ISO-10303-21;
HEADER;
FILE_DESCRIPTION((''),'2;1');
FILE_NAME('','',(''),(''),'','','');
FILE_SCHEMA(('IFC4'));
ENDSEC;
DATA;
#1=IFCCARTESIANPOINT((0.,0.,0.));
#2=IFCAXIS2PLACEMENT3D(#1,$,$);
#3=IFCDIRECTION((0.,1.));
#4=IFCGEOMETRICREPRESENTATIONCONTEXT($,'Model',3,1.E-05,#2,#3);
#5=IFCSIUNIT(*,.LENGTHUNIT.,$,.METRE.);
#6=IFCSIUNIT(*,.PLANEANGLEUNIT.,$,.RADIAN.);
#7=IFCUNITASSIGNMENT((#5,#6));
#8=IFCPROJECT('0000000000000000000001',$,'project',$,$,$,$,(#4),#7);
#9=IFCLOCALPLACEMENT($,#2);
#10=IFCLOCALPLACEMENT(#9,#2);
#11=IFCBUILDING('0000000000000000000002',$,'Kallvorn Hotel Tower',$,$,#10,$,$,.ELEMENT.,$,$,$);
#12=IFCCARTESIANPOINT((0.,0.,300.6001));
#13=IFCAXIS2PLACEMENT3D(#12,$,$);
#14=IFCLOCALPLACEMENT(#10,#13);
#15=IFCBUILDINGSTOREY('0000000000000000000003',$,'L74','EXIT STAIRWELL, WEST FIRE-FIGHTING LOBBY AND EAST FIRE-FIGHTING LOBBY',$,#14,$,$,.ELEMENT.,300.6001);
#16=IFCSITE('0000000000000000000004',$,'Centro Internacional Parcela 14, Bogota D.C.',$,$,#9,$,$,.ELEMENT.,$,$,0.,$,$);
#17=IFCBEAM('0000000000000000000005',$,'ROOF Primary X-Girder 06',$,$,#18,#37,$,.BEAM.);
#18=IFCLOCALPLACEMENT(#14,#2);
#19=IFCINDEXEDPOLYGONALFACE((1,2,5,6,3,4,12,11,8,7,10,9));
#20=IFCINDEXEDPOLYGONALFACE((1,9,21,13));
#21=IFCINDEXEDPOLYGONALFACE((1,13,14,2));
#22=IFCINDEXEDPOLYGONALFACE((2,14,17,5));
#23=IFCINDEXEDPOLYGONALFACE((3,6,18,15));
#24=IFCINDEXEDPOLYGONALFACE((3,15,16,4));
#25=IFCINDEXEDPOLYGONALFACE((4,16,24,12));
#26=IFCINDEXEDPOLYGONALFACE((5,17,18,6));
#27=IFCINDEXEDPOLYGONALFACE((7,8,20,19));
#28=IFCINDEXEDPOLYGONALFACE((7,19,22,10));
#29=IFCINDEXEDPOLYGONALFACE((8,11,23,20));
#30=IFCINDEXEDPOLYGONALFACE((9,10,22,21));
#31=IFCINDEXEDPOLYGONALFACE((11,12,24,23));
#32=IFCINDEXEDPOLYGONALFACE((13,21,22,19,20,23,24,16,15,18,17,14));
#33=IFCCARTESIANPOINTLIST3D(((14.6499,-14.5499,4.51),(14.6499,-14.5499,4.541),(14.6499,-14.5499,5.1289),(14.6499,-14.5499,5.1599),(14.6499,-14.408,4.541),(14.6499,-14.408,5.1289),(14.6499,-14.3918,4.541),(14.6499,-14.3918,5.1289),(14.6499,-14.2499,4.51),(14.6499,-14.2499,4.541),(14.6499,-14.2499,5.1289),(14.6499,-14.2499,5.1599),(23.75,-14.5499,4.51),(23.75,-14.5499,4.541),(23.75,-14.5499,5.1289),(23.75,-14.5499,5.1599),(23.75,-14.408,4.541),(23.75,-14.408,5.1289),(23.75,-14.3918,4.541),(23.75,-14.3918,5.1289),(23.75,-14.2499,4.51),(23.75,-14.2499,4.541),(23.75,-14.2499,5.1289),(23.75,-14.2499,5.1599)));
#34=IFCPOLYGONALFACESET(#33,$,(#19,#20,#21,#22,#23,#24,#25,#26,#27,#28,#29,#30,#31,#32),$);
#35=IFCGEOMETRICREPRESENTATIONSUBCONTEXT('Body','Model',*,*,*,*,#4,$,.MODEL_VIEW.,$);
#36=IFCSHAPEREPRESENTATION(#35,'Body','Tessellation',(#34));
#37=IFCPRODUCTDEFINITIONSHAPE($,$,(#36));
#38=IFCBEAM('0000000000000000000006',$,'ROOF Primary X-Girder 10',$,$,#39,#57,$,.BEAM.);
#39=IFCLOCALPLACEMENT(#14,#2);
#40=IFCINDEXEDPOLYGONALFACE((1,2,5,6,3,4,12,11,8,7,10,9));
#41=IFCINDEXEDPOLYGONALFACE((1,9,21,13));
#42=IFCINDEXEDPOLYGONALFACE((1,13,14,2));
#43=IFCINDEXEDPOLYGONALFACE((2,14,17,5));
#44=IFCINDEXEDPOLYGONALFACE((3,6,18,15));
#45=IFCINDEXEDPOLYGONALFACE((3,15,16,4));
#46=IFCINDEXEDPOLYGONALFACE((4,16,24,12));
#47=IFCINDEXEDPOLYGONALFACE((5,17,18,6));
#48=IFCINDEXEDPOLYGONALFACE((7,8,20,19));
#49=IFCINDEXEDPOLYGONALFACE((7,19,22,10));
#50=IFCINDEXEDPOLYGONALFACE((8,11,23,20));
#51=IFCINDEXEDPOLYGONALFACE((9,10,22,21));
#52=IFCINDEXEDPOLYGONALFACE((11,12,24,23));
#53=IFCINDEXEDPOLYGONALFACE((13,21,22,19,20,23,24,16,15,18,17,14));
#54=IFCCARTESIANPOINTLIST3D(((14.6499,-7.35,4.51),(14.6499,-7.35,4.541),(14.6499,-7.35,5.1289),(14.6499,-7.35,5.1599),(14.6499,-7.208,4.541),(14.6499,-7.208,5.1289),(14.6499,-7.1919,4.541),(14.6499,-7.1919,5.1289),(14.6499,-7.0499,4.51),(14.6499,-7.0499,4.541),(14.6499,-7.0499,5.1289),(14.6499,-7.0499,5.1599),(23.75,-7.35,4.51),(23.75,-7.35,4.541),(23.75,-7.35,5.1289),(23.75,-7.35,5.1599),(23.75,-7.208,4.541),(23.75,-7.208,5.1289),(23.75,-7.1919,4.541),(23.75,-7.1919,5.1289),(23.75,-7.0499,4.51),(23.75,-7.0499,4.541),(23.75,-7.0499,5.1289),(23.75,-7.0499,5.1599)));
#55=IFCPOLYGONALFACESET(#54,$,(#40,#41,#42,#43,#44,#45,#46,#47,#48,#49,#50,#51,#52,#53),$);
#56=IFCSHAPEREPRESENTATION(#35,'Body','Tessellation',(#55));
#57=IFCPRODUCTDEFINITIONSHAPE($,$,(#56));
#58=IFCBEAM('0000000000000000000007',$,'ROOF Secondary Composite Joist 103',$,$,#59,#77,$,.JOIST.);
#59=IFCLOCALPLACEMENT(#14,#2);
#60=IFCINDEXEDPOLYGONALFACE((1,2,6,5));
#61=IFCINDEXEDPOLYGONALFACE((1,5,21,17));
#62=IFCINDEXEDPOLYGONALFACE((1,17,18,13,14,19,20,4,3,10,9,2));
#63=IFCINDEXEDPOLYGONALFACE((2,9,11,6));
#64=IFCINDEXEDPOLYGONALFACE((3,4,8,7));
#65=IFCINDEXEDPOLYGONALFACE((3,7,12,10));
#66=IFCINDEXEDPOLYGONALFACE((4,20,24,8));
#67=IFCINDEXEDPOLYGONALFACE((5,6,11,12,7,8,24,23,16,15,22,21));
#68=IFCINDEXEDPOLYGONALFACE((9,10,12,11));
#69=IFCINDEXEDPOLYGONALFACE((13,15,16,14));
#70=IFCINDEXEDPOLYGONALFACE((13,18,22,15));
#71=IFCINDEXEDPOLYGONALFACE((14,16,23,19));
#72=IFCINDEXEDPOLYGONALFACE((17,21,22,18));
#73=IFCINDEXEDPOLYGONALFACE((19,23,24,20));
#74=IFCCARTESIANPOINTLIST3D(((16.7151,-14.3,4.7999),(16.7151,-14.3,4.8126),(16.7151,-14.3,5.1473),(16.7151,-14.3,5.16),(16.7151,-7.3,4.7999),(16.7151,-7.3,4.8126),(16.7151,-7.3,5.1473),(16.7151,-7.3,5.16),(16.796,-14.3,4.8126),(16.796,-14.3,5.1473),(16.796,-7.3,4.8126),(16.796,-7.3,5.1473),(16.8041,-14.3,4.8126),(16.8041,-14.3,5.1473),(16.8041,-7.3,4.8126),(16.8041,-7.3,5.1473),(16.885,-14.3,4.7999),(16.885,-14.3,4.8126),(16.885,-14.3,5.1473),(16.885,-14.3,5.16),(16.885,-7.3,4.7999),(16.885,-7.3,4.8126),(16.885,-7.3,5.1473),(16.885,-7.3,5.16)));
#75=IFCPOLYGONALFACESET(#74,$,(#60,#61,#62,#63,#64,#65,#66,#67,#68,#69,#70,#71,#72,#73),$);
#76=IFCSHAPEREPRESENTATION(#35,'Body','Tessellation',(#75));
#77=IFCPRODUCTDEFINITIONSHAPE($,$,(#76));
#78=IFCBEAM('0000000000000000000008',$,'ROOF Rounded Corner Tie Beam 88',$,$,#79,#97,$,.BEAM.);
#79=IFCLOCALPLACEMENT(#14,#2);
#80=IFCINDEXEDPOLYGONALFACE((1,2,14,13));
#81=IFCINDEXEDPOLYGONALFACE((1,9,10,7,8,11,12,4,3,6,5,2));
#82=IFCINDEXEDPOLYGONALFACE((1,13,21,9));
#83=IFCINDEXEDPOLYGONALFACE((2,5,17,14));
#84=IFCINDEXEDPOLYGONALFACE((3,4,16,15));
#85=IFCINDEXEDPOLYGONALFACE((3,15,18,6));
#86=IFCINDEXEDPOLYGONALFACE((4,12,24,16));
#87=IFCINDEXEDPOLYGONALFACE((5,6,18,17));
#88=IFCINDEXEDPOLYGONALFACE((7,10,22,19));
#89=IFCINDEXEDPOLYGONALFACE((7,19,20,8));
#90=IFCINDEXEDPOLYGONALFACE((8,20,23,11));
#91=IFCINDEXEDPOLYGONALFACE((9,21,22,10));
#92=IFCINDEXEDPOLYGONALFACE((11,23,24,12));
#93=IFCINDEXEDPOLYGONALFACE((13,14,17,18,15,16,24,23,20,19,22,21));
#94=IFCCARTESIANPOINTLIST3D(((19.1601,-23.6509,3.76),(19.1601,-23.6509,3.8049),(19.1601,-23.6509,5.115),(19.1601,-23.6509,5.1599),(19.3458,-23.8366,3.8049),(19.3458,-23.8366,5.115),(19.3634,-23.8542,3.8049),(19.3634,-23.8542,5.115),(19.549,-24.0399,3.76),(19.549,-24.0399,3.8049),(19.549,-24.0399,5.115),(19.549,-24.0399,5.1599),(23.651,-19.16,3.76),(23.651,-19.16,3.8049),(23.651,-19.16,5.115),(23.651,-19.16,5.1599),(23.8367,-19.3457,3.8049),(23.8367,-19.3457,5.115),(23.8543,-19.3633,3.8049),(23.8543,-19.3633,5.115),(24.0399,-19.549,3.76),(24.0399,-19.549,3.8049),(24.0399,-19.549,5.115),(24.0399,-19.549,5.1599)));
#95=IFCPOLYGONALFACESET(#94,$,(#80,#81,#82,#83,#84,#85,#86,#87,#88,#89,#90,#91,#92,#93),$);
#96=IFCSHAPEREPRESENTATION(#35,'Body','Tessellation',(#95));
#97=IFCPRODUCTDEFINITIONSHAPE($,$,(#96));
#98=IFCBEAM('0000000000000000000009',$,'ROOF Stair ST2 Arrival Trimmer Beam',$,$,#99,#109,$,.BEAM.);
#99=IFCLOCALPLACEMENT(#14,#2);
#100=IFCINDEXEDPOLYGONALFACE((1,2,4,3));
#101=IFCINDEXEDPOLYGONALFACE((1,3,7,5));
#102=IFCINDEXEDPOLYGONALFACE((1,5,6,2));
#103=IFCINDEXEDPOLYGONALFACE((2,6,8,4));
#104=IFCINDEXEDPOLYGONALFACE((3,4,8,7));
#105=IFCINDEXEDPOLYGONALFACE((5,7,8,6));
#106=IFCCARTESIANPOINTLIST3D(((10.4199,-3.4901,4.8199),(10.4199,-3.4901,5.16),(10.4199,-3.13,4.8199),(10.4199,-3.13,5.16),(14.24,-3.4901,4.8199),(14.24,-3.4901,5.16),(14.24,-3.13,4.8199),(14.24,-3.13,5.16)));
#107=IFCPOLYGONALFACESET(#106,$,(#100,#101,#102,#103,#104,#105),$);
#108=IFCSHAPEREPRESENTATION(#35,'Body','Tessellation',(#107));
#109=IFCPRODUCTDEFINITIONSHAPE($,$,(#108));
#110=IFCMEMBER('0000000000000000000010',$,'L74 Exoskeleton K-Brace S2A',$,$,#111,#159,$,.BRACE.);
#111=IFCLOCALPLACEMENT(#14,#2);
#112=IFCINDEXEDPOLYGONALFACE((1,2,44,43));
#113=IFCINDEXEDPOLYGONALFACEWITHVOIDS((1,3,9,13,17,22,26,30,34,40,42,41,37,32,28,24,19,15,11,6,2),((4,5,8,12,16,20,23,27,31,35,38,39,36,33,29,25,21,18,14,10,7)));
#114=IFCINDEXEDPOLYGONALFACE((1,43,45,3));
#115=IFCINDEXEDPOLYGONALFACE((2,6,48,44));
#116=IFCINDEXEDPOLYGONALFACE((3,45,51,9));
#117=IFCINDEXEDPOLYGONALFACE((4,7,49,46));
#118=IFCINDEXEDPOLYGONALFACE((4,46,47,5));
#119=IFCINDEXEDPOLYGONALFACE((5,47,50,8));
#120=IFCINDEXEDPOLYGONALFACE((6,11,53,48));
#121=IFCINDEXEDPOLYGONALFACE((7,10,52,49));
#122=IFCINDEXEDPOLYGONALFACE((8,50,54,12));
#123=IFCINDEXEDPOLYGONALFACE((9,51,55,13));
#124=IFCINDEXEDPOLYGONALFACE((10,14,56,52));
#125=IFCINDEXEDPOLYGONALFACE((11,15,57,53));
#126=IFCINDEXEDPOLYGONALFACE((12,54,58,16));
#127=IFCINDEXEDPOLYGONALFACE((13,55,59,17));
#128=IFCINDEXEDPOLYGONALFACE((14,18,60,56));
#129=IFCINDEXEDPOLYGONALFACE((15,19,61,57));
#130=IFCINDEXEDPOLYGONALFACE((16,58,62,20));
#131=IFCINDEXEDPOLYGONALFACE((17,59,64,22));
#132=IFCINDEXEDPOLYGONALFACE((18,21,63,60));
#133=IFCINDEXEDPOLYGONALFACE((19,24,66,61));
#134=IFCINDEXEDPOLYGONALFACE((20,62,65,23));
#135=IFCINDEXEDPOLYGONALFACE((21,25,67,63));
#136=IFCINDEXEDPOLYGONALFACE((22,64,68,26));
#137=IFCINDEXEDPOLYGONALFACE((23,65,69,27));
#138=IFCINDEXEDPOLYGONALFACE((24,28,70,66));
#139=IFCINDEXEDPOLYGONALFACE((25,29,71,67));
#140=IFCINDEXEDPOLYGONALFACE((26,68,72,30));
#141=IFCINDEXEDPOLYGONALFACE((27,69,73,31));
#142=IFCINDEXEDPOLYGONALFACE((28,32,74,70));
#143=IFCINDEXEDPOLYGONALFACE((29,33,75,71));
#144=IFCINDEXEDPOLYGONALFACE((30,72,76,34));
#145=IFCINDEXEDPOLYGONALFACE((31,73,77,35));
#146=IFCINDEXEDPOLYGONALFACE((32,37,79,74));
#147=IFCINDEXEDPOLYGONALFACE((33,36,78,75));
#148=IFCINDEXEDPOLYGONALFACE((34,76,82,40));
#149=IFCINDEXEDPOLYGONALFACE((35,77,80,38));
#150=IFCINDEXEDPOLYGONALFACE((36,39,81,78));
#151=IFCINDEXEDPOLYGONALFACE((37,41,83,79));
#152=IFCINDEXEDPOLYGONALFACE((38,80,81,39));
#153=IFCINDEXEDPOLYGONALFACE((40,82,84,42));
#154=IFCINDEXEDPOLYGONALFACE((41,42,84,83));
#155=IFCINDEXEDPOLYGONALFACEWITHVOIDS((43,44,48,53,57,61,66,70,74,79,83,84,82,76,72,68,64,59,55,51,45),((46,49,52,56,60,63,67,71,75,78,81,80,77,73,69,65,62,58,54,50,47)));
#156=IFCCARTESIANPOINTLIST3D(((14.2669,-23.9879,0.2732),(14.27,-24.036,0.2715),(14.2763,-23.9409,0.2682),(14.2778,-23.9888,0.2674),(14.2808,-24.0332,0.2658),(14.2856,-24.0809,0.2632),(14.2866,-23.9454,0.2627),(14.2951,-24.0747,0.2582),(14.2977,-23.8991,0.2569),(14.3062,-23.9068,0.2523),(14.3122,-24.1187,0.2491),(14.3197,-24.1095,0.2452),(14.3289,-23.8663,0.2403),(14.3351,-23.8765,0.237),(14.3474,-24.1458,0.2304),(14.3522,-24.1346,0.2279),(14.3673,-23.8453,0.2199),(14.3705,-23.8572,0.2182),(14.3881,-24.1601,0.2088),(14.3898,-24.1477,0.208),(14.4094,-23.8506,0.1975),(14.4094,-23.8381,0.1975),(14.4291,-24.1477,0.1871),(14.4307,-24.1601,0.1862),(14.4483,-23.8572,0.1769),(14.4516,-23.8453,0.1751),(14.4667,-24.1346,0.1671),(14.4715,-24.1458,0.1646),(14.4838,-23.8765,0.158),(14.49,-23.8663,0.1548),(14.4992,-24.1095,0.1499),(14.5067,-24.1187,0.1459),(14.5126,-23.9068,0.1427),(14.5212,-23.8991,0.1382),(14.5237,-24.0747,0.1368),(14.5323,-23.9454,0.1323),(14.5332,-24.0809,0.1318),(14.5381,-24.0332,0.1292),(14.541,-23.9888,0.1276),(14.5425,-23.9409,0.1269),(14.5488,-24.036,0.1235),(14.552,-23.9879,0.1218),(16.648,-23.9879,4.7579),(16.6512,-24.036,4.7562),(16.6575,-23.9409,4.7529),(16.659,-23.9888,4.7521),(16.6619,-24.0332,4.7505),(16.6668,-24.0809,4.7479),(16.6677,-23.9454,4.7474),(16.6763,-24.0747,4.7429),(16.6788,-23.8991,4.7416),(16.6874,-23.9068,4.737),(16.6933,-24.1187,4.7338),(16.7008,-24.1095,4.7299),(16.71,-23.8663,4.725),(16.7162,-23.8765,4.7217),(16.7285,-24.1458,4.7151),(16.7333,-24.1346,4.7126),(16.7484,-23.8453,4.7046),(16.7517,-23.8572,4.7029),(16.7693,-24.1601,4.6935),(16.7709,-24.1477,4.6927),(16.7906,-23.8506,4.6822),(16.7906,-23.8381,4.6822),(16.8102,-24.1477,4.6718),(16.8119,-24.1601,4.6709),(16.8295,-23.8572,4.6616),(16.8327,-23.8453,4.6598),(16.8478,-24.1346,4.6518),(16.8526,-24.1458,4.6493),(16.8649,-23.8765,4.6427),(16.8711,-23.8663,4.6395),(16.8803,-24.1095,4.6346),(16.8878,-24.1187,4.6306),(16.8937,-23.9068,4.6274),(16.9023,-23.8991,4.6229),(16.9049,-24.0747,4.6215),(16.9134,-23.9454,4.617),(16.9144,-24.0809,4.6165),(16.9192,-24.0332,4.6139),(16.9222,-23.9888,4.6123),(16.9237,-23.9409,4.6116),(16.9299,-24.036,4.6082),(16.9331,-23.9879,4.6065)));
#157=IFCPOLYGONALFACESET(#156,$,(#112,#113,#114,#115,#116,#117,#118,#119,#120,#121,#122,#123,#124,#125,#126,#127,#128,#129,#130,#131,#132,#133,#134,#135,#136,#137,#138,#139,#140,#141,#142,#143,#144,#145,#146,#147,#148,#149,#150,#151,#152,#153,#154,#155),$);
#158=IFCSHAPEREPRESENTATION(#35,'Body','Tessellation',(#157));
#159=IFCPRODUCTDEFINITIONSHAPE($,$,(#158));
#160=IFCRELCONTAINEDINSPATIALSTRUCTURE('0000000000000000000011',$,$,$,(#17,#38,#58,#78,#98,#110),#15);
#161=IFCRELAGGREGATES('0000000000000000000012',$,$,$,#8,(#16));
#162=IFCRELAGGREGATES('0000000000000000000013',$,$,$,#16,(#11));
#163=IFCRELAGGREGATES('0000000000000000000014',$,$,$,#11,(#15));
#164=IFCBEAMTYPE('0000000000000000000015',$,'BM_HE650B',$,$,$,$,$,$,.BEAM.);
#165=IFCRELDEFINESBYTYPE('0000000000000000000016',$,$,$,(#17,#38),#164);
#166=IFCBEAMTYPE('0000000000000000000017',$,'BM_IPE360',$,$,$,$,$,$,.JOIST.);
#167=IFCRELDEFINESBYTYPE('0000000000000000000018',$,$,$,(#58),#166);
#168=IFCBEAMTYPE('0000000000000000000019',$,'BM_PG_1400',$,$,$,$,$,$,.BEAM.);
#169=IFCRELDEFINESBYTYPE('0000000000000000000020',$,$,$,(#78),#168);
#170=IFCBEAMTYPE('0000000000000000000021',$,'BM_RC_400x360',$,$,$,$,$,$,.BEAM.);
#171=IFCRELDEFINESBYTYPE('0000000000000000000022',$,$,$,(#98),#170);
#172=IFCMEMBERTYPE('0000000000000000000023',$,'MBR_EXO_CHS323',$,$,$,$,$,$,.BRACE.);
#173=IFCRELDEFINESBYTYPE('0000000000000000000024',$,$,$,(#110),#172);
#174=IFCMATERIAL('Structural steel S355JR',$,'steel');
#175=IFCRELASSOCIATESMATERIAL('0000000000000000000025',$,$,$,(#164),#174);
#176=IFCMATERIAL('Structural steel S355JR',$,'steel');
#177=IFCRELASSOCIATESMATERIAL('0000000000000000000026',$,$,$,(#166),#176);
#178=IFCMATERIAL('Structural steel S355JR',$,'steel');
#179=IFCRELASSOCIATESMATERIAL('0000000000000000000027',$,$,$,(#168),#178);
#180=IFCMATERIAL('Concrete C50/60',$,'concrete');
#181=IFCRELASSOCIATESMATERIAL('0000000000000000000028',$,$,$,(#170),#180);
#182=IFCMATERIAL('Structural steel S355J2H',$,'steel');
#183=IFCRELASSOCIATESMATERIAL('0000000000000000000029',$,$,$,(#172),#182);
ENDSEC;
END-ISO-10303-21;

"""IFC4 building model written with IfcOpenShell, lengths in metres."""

from ifc_helpers import new_model, si_unit, direction, frame, origin, origin_2d, place, context, subcontext, project, spatial, rectangle, hollow_circle, i_section, extrude, material, material_profile, profile_set, type_object, element, save


model = new_model("IFC4")

# Units and contexts
model_context = context("Model", 3, precision=1e-05, world=origin(), true_north=direction((0.0, 1.0)))
body_context = subcontext(model_context, "Body", "Model", "MODEL_VIEW")
ifc_project = project(units=[si_unit("LENGTHUNIT", "METRE"), si_unit("PLANEANGLEUNIT", "RADIAN")], contexts=[model_context])

# Site, building, storey
site_placement = place(None, origin())
site = spatial("IfcSite", under=ifc_project, at=site_placement, Name="Centro Internacional Parcela 14, Bogota D.C.", CompositionType="ELEMENT", RefElevation=0.0)
building_placement = place(site_placement, origin())
building = spatial("IfcBuilding", under=site, at=building_placement, Name="Kallvorn Hotel Tower", CompositionType="ELEMENT")
storey_placement = place(building_placement, frame((0.0, 0.0, 300.6001)))
storey = spatial("IfcBuildingStorey", under=building, at=storey_placement, Name="L74", Description="EXIT STAIRWELL, WEST FIRE-FIGHTING LOBBY AND EAST FIRE-FIGHTING LOBBY", CompositionType="ELEMENT", Elevation=300.6001)

# Beams
ifc_material_1 = material(Name="Structural steel S355JR", Category="steel")
ifc_material_profile_1 = material_profile(ifc_material_1, i_section(OverallWidth=0.3, OverallDepth=0.6499, WebThickness=0.0161, FlangeThickness=0.031, at=origin_2d()), Name="HE 650 B")
ifc_profile_set_1 = profile_set([ifc_material_profile_1], Name="Structural steel S355JR")
beam_type_1 = type_object("IfcBeamType", Name="BM_HE650B", PredefinedType="BEAM", material=ifc_profile_set_1)
for number, where, z_axis, x_axis, name in (
    (1, (14.6499, -14.3999, 4.835), (1.0, 0.0, 0.0), (0.0, 1.0, 0.0), "ROOF Primary X-Girder 06"),
    (2, (14.6499, -7.2, 4.835), (1.0, 0.0, 0.0), (0.0, 1.0, 0.0), "ROOF Primary X-Girder 10"),
):
    element("IfcBeam", number, at=place(storey_placement, frame(where, z_axis=z_axis, x_axis=x_axis)), inside=storey, type_object=beam_type_1, Name=name, PredefinedType="BEAM", context=body_context, shape_type="SweptSolid", body=[
        extrude(i_section(OverallWidth=0.3, OverallDepth=0.6499, WebThickness=0.0161, FlangeThickness=0.031, at=origin_2d()), origin(), (0.0, 0.0, 1.0), 9.1001),
    ])
ifc_material_2 = material(Name="Structural steel S355JR", Category="steel")
ifc_material_profile_2 = material_profile(ifc_material_2, i_section(OverallWidth=0.1699, OverallDepth=0.3601, WebThickness=0.0081, FlangeThickness=0.0127, at=origin_2d()), Name="IPE 360")
ifc_profile_set_2 = profile_set([ifc_material_profile_2], Name="Structural steel S355JR")
beam_type_2 = type_object("IfcBeamType", Name="BM_IPE360", PredefinedType="JOIST", material=ifc_profile_set_2)
beam_1_placement = place(storey_placement, frame((16.8, -14.3, 4.98), z_axis=(0.0, 1.0, 0.0), x_axis=(-1.0, 0.0, 0.0)))
element("IfcBeam", 3, at=beam_1_placement, inside=storey, type_object=beam_type_2, Name="ROOF Secondary Composite Joist 103", PredefinedType="JOIST", context=body_context, shape_type="SweptSolid", body=[
    extrude(i_section(OverallWidth=0.1699, OverallDepth=0.3601, WebThickness=0.0081, FlangeThickness=0.0127, at=origin_2d()), origin(), (0.0, 0.0, 1.0), 7.0),
])
ifc_material_3 = material(Name="Structural steel S355JR", Category="steel")
ifc_material_profile_3 = material_profile(ifc_material_3, i_section(OverallWidth=0.55, OverallDepth=1.3999, WebThickness=0.0249, FlangeThickness=0.0449, at=origin_2d()), Name="PG 1400x550x25x45")
ifc_profile_set_3 = profile_set([ifc_material_profile_3], Name="Structural steel S355JR")
beam_type_3 = type_object("IfcBeamType", Name="BM_PG_1400", PredefinedType="BEAM", material=ifc_profile_set_3)
beam_2_placement = place(storey_placement, frame((23.8455, -19.3545, 4.46), z_axis=(-0.707107, -0.707107, 0.0), x_axis=(0.707107, -0.707107, 0.0)))
element("IfcBeam", 4, at=beam_2_placement, inside=storey, type_object=beam_type_3, Name="ROOF Rounded Corner Tie Beam 88", PredefinedType="BEAM", context=body_context, shape_type="SweptSolid", body=[
    extrude(i_section(OverallWidth=0.55, OverallDepth=1.3999, WebThickness=0.0249, FlangeThickness=0.0449, at=origin_2d()), origin(), (0.0, 0.0, 1.0), 6.3511),
])
ifc_material_4 = material(Name="Concrete C50/60", Category="concrete")
ifc_material_profile_4 = material_profile(ifc_material_4, rectangle(XDim=0.3601, YDim=0.3401, at=origin_2d()), Name="RC 360x340")
ifc_profile_set_4 = profile_set([ifc_material_profile_4], Name="Concrete C50/60")
beam_type_4 = type_object("IfcBeamType", Name="BM_RC_400x360", PredefinedType="BEAM", material=ifc_profile_set_4)
beam_3_placement = place(storey_placement, frame((14.24, -3.3101, 4.99), z_axis=(-1.0, 0.0, 0.0), x_axis=(0.0, -1.0, 0.0)))
element("IfcBeam", 5, at=beam_3_placement, inside=storey, type_object=beam_type_4, Name="ROOF Stair ST2 Arrival Trimmer Beam", PredefinedType="BEAM", context=body_context, shape_type="SweptSolid", body=[
    extrude(rectangle(XDim=0.3601, YDim=0.3401, at=origin_2d()), origin(), (0.0, 0.0, 1.0), 3.8201),
])

# Member
ifc_material_5 = material(Name="Structural steel S355J2H", Category="steel")
ifc_material_profile_5 = material_profile(ifc_material_5, hollow_circle(Radius=0.1619, WallThickness=0.0125, at=origin_2d()), Name="CHS 323.9x12.5")
ifc_profile_set_5 = profile_set([ifc_material_profile_5], Name="Structural steel S355J2H")
member_type = type_object("IfcMemberType", Name="MBR_EXO_CHS323", PredefinedType="BRACE", material=ifc_profile_set_5)
for number, where, z_axis, x_axis, name in (
    (6, (14.4094, -24.0, 0.1975), (0.468948, 0.0, 0.883226), (0.0, 1.0, 0.0), "L74 Exoskeleton K-Brace S2A"),
):
    element("IfcMember", number, at=place(storey_placement, frame(where, z_axis=z_axis, x_axis=x_axis)), inside=storey, type_object=member_type, Name=name, PredefinedType="BRACE", context=body_context, shape_type="SweptSolid", body=[
        extrude(hollow_circle(Radius=0.1619, WallThickness=0.0125, at=origin_2d()), origin(), (0.0, 0.0, 1.0), 5.0776),
    ])

save(model, "model.ifc")
